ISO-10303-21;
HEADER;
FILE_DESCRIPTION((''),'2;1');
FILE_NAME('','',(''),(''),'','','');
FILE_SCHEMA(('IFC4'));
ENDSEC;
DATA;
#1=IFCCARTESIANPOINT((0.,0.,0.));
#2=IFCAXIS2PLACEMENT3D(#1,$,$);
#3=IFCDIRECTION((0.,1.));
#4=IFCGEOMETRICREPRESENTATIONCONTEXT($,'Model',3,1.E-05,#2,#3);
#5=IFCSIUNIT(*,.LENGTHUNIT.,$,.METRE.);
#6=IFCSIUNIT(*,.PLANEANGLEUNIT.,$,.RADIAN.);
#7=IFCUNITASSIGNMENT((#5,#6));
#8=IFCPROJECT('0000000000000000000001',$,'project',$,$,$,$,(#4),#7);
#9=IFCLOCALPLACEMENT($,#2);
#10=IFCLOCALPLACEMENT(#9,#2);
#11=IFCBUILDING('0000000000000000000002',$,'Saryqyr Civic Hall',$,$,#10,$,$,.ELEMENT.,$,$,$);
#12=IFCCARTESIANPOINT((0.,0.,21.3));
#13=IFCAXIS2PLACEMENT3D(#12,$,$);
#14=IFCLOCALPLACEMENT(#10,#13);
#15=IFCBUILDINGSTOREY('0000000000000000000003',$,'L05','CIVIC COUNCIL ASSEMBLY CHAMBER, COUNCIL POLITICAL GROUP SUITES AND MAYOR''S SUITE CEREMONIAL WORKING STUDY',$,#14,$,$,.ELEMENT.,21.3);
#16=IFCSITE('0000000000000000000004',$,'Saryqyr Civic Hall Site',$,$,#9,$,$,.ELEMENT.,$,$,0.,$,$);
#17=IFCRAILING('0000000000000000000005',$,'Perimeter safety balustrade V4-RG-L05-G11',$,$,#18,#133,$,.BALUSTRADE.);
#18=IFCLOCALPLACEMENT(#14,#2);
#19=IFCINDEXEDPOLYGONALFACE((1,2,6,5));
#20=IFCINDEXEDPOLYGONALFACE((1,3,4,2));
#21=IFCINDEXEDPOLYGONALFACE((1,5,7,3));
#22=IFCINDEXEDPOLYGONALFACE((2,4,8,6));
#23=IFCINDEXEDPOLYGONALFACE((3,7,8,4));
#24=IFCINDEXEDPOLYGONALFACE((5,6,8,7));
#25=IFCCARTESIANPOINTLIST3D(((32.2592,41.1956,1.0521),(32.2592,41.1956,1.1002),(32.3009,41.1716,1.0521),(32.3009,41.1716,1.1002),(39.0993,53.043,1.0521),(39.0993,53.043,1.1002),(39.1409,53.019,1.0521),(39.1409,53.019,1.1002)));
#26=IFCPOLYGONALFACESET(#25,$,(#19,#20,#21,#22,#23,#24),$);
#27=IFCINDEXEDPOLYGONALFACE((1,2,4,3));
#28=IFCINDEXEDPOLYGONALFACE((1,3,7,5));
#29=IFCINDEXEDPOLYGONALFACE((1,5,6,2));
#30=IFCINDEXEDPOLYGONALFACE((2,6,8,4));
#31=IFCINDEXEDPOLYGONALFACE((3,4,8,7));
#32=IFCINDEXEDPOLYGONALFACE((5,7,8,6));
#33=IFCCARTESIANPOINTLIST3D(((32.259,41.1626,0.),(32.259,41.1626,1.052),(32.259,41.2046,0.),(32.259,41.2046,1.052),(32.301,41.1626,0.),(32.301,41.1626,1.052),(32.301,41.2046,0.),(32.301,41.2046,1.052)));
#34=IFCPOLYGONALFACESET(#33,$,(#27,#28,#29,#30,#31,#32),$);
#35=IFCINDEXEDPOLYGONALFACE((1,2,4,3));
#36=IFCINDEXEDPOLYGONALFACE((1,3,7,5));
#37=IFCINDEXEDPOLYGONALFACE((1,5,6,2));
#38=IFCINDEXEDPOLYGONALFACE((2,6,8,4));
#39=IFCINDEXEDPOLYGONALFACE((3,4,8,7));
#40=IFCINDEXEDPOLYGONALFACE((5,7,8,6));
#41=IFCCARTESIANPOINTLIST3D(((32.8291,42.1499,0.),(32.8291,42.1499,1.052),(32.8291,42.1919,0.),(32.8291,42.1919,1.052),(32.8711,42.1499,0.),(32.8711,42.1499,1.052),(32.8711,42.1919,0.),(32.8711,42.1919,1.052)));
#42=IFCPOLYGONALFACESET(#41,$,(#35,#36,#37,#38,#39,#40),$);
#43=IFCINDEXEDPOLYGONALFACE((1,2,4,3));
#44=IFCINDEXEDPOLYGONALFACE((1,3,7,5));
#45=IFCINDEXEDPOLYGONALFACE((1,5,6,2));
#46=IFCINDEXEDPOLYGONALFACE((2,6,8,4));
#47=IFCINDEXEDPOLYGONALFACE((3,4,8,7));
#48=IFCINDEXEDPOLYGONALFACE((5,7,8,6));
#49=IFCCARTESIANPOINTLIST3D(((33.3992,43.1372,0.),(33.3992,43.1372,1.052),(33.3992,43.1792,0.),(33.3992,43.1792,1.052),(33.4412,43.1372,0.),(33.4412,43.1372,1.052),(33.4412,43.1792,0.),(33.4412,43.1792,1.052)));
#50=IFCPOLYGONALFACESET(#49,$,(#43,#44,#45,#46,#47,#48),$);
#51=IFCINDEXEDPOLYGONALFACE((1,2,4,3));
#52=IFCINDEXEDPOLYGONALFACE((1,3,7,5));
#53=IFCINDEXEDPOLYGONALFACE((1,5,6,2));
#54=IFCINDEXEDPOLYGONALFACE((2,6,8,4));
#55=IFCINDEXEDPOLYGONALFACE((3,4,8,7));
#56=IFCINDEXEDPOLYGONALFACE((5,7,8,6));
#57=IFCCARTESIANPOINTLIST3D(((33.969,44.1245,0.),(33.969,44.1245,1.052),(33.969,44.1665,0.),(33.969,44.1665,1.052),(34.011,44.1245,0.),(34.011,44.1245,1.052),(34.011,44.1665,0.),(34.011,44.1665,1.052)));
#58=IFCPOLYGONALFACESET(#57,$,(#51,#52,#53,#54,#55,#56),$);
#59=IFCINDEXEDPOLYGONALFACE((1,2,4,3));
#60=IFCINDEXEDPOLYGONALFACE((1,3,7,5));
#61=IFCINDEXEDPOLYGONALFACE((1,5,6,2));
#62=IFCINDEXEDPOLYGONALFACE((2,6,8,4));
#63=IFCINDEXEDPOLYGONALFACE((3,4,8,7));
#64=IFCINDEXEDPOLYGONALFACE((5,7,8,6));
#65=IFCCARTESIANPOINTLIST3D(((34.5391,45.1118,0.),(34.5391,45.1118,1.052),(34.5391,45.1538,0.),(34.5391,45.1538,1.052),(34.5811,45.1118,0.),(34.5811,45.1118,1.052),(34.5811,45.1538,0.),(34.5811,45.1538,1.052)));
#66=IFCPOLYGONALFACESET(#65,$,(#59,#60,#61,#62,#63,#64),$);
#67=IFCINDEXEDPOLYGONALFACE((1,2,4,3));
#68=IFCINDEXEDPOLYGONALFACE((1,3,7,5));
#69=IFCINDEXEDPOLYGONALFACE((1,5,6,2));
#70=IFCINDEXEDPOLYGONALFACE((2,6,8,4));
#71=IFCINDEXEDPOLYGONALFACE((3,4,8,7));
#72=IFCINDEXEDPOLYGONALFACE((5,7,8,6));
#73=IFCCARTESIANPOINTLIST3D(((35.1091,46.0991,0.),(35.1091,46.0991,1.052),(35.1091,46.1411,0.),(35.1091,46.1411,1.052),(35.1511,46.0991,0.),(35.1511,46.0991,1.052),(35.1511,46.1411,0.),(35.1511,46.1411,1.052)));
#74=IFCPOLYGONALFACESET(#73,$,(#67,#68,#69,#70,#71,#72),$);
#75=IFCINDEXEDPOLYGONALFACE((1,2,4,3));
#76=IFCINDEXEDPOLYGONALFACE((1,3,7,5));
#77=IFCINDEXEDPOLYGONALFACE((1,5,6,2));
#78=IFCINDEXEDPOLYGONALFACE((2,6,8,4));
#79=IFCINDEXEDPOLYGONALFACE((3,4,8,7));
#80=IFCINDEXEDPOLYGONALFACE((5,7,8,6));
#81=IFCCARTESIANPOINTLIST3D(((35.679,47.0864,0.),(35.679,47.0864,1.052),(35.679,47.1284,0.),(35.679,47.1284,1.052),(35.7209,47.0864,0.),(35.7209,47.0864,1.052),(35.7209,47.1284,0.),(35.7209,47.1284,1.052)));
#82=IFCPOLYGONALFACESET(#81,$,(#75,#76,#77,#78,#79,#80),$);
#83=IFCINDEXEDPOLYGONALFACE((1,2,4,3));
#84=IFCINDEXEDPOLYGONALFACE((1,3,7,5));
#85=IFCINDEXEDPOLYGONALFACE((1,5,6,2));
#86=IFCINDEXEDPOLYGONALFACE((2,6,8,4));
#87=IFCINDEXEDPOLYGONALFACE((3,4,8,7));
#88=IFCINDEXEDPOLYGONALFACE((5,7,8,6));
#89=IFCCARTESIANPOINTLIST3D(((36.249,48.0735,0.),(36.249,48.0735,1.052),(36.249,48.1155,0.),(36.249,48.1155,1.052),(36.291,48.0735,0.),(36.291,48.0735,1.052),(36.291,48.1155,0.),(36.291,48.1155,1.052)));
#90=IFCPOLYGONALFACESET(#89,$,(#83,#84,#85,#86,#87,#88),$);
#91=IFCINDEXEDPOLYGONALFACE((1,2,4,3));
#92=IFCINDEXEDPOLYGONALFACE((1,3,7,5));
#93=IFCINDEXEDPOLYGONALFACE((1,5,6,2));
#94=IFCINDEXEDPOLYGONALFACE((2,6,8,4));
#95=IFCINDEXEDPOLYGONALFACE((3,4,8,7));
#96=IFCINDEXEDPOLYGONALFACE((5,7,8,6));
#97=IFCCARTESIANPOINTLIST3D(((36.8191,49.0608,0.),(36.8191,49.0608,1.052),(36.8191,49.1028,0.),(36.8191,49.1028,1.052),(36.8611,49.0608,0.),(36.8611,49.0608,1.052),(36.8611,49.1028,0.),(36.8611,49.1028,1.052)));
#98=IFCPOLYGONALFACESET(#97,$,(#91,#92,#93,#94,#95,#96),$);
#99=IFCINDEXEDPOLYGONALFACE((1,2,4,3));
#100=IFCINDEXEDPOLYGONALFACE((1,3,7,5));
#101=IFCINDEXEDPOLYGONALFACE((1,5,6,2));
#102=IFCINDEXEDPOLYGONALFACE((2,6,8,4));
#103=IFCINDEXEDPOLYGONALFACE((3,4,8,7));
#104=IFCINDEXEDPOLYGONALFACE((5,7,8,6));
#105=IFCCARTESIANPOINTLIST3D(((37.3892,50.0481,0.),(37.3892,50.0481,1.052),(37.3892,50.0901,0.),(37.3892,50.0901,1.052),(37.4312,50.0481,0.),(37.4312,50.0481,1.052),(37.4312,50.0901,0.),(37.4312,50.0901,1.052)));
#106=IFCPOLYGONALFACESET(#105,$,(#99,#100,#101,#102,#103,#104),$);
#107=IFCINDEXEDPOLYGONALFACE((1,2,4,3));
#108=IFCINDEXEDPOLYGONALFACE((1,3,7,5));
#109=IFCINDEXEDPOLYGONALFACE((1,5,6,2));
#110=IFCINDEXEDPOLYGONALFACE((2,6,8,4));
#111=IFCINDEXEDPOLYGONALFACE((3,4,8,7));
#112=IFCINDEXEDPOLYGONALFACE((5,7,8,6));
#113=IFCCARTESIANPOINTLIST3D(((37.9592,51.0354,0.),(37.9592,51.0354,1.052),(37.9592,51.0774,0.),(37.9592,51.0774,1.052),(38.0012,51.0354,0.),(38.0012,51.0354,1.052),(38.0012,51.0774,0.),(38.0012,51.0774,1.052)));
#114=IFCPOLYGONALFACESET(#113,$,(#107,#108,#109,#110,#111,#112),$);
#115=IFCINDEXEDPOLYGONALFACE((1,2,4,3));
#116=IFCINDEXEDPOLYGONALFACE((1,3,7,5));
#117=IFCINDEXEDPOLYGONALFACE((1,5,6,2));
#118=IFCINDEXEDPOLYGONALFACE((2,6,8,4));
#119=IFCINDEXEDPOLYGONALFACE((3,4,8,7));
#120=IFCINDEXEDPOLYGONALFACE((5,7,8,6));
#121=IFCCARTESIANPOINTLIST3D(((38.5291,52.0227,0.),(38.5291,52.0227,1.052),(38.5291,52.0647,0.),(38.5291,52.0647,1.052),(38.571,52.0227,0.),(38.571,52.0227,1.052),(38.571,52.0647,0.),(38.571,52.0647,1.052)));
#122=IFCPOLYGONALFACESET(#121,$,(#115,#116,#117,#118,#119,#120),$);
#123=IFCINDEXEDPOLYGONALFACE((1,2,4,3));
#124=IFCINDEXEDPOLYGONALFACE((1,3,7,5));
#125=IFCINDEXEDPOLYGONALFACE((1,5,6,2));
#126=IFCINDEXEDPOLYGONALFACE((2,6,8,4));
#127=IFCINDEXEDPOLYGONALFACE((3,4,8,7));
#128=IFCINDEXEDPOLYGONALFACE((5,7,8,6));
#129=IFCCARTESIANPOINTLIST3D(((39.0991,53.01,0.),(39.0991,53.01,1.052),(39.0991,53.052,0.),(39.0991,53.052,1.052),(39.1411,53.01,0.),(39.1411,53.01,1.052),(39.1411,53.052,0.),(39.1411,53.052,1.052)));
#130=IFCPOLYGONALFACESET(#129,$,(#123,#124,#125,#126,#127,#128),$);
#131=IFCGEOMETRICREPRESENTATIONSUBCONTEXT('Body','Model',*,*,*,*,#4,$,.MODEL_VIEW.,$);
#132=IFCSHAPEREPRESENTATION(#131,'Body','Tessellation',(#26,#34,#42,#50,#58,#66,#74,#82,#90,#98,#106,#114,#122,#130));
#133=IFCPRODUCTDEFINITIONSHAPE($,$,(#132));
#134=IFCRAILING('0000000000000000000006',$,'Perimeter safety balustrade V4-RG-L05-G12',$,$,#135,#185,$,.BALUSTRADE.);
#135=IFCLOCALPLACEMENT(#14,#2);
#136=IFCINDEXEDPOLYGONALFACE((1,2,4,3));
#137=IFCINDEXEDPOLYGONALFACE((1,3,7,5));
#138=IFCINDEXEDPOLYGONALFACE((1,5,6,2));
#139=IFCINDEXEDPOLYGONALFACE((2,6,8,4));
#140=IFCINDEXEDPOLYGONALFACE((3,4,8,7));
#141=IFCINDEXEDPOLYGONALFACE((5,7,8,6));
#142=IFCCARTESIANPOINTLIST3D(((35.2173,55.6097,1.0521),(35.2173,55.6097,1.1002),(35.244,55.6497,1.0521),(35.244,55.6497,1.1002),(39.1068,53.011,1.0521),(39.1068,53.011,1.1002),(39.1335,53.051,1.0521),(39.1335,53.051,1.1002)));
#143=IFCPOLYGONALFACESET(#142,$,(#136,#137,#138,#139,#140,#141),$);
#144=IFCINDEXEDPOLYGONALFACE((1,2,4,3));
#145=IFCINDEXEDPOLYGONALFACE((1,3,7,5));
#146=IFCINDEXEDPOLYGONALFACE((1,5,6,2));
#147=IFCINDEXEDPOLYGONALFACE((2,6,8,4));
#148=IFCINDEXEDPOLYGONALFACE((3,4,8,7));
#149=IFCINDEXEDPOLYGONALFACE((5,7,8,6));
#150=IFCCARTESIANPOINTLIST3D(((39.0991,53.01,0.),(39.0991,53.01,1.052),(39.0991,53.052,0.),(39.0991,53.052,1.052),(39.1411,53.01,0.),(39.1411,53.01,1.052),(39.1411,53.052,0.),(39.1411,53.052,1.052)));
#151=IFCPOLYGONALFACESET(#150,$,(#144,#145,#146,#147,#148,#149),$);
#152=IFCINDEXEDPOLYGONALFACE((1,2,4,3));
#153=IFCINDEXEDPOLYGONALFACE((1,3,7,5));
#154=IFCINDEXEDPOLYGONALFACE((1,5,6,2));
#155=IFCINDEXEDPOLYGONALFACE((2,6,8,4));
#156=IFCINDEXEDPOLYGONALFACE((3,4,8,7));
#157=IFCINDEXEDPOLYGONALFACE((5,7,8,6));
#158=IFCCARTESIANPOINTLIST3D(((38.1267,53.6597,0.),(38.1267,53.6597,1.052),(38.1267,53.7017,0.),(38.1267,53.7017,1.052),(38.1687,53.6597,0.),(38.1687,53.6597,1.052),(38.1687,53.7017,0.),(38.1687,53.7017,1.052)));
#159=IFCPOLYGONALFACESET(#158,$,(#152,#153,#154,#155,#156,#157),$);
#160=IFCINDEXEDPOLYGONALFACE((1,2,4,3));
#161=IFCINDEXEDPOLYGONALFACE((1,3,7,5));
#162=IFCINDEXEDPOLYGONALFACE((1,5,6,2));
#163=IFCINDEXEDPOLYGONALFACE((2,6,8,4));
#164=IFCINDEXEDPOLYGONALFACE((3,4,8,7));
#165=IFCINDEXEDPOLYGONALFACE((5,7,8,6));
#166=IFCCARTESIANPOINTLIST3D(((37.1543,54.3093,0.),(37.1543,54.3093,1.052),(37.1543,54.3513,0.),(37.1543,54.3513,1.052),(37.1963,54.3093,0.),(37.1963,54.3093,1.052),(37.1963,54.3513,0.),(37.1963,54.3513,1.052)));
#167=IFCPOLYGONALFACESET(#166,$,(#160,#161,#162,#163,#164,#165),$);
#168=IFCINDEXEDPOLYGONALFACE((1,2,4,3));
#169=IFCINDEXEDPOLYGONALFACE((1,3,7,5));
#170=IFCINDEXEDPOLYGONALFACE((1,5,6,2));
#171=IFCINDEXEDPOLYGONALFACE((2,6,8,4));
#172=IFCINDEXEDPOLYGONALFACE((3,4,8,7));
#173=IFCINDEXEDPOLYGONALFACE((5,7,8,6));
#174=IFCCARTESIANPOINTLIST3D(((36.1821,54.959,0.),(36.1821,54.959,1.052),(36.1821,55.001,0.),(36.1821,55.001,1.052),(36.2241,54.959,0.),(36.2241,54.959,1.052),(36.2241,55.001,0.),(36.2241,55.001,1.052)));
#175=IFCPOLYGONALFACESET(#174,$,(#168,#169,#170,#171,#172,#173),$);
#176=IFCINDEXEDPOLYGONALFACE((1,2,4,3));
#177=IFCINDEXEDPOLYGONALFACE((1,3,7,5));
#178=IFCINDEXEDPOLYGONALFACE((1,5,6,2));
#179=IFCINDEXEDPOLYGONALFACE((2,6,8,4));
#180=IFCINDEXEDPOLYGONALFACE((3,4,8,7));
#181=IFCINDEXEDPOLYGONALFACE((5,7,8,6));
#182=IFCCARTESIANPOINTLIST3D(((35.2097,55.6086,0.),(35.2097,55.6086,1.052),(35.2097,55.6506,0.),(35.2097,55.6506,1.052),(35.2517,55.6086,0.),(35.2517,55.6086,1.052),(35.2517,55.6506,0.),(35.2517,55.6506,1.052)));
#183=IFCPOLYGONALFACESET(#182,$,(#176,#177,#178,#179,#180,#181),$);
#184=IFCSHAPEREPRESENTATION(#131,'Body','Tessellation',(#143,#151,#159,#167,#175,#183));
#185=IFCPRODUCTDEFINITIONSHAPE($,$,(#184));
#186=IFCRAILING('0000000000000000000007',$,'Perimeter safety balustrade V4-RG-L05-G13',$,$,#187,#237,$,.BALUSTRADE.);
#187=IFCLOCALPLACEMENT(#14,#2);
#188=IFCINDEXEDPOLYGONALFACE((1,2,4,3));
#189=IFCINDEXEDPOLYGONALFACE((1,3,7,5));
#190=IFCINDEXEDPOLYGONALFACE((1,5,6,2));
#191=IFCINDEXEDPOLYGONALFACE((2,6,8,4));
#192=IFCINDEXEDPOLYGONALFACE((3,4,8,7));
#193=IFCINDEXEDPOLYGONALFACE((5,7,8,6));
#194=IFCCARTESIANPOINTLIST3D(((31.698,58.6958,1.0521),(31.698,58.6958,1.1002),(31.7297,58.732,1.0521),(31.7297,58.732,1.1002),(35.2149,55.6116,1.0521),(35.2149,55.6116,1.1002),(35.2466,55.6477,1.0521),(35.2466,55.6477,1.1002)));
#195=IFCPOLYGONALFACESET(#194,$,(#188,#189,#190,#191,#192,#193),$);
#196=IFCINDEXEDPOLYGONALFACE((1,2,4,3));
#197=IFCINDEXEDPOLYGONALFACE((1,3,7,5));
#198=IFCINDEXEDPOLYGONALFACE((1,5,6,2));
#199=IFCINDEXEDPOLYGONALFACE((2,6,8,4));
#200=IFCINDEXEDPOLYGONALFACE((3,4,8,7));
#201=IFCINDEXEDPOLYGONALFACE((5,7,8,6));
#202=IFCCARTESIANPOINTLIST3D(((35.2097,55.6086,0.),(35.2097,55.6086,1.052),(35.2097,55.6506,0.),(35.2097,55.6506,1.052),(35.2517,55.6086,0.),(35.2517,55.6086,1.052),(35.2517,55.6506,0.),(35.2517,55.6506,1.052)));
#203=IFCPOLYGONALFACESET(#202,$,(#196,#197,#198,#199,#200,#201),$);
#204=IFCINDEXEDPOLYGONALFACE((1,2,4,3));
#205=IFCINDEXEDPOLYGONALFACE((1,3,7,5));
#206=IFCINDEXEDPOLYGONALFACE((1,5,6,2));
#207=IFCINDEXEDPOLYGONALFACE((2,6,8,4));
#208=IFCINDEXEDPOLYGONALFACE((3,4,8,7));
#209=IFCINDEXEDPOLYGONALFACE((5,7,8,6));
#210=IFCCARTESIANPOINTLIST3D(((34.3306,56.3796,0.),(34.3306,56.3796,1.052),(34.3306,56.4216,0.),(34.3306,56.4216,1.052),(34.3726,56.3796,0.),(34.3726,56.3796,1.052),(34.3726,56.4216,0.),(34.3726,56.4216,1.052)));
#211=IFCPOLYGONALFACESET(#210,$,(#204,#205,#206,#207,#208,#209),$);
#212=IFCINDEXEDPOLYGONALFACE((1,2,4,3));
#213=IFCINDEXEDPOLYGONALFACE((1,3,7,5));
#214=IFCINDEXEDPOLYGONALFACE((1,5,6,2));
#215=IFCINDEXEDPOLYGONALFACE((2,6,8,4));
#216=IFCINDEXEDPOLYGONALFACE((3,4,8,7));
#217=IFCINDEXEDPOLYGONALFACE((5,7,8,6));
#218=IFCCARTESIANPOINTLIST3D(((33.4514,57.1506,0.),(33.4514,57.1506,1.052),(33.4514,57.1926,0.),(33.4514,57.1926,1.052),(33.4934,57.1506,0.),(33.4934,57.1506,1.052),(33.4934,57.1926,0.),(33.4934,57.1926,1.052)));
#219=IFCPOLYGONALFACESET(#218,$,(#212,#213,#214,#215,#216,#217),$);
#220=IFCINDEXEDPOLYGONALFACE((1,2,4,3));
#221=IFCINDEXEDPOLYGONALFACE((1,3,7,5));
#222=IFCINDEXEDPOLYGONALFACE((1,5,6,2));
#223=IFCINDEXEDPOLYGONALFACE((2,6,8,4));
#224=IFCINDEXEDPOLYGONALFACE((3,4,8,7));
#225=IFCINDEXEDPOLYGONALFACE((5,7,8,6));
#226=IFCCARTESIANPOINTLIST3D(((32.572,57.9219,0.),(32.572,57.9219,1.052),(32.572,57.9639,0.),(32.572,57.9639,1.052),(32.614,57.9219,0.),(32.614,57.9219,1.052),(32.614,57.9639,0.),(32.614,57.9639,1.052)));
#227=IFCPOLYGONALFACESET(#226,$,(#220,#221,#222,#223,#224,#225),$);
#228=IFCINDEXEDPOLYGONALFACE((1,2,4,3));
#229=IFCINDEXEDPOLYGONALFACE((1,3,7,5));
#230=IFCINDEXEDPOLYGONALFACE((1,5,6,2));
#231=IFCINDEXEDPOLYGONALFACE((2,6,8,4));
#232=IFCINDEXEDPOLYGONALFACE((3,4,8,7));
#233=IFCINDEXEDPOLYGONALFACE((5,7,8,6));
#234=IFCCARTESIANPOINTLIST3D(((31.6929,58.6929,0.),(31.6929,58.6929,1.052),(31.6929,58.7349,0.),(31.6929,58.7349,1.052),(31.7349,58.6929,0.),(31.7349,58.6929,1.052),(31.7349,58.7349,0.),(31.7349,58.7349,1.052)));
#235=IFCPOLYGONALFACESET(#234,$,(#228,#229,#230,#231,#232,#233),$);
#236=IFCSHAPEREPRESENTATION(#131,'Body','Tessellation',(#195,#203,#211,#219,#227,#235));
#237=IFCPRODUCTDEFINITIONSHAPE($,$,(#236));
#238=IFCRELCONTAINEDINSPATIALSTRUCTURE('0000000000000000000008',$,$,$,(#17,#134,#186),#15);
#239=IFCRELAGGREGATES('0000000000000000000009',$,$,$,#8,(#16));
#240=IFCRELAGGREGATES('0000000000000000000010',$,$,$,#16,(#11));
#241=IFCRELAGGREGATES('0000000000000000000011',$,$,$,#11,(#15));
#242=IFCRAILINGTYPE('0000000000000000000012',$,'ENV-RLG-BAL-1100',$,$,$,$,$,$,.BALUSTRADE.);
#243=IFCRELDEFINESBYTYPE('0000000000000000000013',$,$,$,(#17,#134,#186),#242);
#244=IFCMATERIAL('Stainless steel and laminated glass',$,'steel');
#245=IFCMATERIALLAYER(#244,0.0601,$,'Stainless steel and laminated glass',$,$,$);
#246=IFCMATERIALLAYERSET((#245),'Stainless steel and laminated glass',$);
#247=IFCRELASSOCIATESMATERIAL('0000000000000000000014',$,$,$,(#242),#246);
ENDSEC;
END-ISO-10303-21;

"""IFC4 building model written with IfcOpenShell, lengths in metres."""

from ifc_helpers import new_model, si_unit, direction, frame, origin, origin_2d, place, context, subcontext, project, spatial, rectangle, extrude, material, layer, layer_set, type_object, element, save


model = new_model("IFC4")

# Units and contexts
model_context = context("Model", 3, precision=1e-05, world=origin(), true_north=direction((0.0, 1.0)))
body_context = subcontext(model_context, "Body", "Model", "MODEL_VIEW")
ifc_project = project(units=[si_unit("LENGTHUNIT", "METRE"), si_unit("PLANEANGLEUNIT", "RADIAN")], contexts=[model_context])

# Site, building, storey
site_placement = place(None, origin())
site = spatial("IfcSite", under=ifc_project, at=site_placement, Name="Saryqyr Civic Hall Site", CompositionType="ELEMENT", RefElevation=0.0)
building_placement = place(site_placement, origin())
building = spatial("IfcBuilding", under=site, at=building_placement, Name="Saryqyr Civic Hall", CompositionType="ELEMENT")
storey_placement = place(building_placement, frame((0.0, 0.0, 21.3)))
storey = spatial("IfcBuildingStorey", under=building, at=storey_placement, Name="L05", Description="CIVIC COUNCIL ASSEMBLY CHAMBER, COUNCIL POLITICAL GROUP SUITES AND MAYOR'S SUITE CEREMONIAL WORKING STUDY", CompositionType="ELEMENT", Elevation=21.3)

# Railings
ifc_material_1 = material(Name="Stainless steel and laminated glass", Category="steel")
ifc_layer_1 = layer(ifc_material_1, 0.0601, Name="Stainless steel and laminated glass")
ifc_layer_set_1 = layer_set([ifc_layer_1], Name="Stainless steel and laminated glass")
railing_type_1 = type_object("IfcRailingType", Name="ENV-RLG-BAL-1100", PredefinedType="BALUSTRADE", material=ifc_layer_set_1)
railing_1_placement = place(storey_placement, frame((32.28, 41.1836, 0.0)))
element("IfcRailing", 1, at=railing_1_placement, inside=storey, type_object=railing_type_1, Name="Perimeter safety balustrade V4-RG-L05-G11", PredefinedType="BALUSTRADE", context=body_context, shape_type="SweptSolid", body=[
    extrude(rectangle(XDim=0.0481, YDim=0.0481, at=origin_2d()), frame((0.0, 0.0, 1.0762), z_axis=(0.499999, 0.866026, 0.0), x_axis=(-0.866026, 0.499999, 0.0)), (0.0, 0.0, 1.0), 13.6802),
    extrude(rectangle(XDim=0.042, YDim=0.042, at=origin_2d()), origin(), (0.0, 0.0, 1.0), 1.052),
    extrude(rectangle(XDim=0.042, YDim=0.042, at=origin_2d()), frame((0.5701, 0.9873, 0.0)), (0.0, 0.0, 1.0), 1.052),
    extrude(rectangle(XDim=0.042, YDim=0.042, at=origin_2d()), frame((1.1401, 1.9746, 0.0)), (0.0, 0.0, 1.0), 1.052),
    extrude(rectangle(XDim=0.042, YDim=0.042, at=origin_2d()), frame((1.71, 2.9619, 0.0)), (0.0, 0.0, 1.0), 1.052),
    extrude(rectangle(XDim=0.042, YDim=0.042, at=origin_2d()), frame((2.28, 3.9492, 0.0)), (0.0, 0.0, 1.0), 1.052),
    extrude(rectangle(XDim=0.042, YDim=0.042, at=origin_2d()), frame((2.8501, 4.9365, 0.0)), (0.0, 0.0, 1.0), 1.052),
    extrude(rectangle(XDim=0.042, YDim=0.042, at=origin_2d()), frame((3.4199, 5.9238, 0.0)), (0.0, 0.0, 1.0), 1.052),
    extrude(rectangle(XDim=0.042, YDim=0.042, at=origin_2d()), frame((3.99, 6.9109, 0.0)), (0.0, 0.0, 1.0), 1.052),
    extrude(rectangle(XDim=0.042, YDim=0.042, at=origin_2d()), frame((4.5601, 7.8982, 0.0)), (0.0, 0.0, 1.0), 1.052),
    extrude(rectangle(XDim=0.042, YDim=0.042, at=origin_2d()), frame((5.1301, 8.8855, 0.0)), (0.0, 0.0, 1.0), 1.052),
    extrude(rectangle(XDim=0.042, YDim=0.042, at=origin_2d()), frame((5.7002, 9.8728, 0.0)), (0.0, 0.0, 1.0), 1.052),
    extrude(rectangle(XDim=0.042, YDim=0.042, at=origin_2d()), frame((6.27, 10.8601, 0.0)), (0.0, 0.0, 1.0), 1.052),
    extrude(rectangle(XDim=0.042, YDim=0.042, at=origin_2d()), frame((6.8401, 11.8474, 0.0)), (0.0, 0.0, 1.0), 1.052),
])
railing_2_placement = place(storey_placement, frame((39.1201, 53.031, 0.0)))
element("IfcRailing", 2, at=railing_2_placement, inside=storey, type_object=railing_type_1, Name="Perimeter safety balustrade V4-RG-L05-G12", PredefinedType="BALUSTRADE", context=body_context, shape_type="SweptSolid", body=[
    extrude(rectangle(XDim=0.0481, YDim=0.0481, at=origin_2d()), frame((0.0, 0.0, 1.0762), z_axis=(-0.831488, 0.555543, 0.0), x_axis=(-0.555543, -0.831488, 0.0)), (0.0, 0.0, 1.0), 4.6777),
    extrude(rectangle(XDim=0.042, YDim=0.042, at=origin_2d()), origin(), (0.0, 0.0, 1.0), 1.052),
    extrude(rectangle(XDim=0.042, YDim=0.042, at=origin_2d()), frame((-0.9724, 0.6497, 0.0)), (0.0, 0.0, 1.0), 1.052),
    extrude(rectangle(XDim=0.042, YDim=0.042, at=origin_2d()), frame((-1.9448, 1.2993, 0.0)), (0.0, 0.0, 1.0), 1.052),
    extrude(rectangle(XDim=0.042, YDim=0.042, at=origin_2d()), frame((-2.917, 1.949, 0.0)), (0.0, 0.0, 1.0), 1.052),
    extrude(rectangle(XDim=0.042, YDim=0.042, at=origin_2d()), frame((-3.8894, 2.5986, 0.0)), (0.0, 0.0, 1.0), 1.052),
])
railing_3_placement = place(storey_placement, frame((35.2307, 55.6296, 0.0)))
element("IfcRailing", 3, at=railing_3_placement, inside=storey, type_object=railing_type_1, Name="Perimeter safety balustrade V4-RG-L05-G13", PredefinedType="BALUSTRADE", context=body_context, shape_type="SweptSolid", body=[
    extrude(rectangle(XDim=0.0481, YDim=0.0481, at=origin_2d()), frame((0.0, 0.0, 1.0762), z_axis=(-0.751836, 0.65935, 0.0), x_axis=(-0.65935, -0.751836, 0.0)), (0.0, 0.0, 1.0), 4.6777),
    extrude(rectangle(XDim=0.042, YDim=0.042, at=origin_2d()), origin(), (0.0, 0.0, 1.0), 1.052),
    extrude(rectangle(XDim=0.042, YDim=0.042, at=origin_2d()), frame((-0.8792, 0.771, 0.0)), (0.0, 0.0, 1.0), 1.052),
    extrude(rectangle(XDim=0.042, YDim=0.042, at=origin_2d()), frame((-1.7583, 1.542, 0.0)), (0.0, 0.0, 1.0), 1.052),
    extrude(rectangle(XDim=0.042, YDim=0.042, at=origin_2d()), frame((-2.6377, 2.3132, 0.0)), (0.0, 0.0, 1.0), 1.052),
    extrude(rectangle(XDim=0.042, YDim=0.042, at=origin_2d()), frame((-3.5168, 3.0842, 0.0)), (0.0, 0.0, 1.0), 1.052),
])

save(model, "model.ifc")
